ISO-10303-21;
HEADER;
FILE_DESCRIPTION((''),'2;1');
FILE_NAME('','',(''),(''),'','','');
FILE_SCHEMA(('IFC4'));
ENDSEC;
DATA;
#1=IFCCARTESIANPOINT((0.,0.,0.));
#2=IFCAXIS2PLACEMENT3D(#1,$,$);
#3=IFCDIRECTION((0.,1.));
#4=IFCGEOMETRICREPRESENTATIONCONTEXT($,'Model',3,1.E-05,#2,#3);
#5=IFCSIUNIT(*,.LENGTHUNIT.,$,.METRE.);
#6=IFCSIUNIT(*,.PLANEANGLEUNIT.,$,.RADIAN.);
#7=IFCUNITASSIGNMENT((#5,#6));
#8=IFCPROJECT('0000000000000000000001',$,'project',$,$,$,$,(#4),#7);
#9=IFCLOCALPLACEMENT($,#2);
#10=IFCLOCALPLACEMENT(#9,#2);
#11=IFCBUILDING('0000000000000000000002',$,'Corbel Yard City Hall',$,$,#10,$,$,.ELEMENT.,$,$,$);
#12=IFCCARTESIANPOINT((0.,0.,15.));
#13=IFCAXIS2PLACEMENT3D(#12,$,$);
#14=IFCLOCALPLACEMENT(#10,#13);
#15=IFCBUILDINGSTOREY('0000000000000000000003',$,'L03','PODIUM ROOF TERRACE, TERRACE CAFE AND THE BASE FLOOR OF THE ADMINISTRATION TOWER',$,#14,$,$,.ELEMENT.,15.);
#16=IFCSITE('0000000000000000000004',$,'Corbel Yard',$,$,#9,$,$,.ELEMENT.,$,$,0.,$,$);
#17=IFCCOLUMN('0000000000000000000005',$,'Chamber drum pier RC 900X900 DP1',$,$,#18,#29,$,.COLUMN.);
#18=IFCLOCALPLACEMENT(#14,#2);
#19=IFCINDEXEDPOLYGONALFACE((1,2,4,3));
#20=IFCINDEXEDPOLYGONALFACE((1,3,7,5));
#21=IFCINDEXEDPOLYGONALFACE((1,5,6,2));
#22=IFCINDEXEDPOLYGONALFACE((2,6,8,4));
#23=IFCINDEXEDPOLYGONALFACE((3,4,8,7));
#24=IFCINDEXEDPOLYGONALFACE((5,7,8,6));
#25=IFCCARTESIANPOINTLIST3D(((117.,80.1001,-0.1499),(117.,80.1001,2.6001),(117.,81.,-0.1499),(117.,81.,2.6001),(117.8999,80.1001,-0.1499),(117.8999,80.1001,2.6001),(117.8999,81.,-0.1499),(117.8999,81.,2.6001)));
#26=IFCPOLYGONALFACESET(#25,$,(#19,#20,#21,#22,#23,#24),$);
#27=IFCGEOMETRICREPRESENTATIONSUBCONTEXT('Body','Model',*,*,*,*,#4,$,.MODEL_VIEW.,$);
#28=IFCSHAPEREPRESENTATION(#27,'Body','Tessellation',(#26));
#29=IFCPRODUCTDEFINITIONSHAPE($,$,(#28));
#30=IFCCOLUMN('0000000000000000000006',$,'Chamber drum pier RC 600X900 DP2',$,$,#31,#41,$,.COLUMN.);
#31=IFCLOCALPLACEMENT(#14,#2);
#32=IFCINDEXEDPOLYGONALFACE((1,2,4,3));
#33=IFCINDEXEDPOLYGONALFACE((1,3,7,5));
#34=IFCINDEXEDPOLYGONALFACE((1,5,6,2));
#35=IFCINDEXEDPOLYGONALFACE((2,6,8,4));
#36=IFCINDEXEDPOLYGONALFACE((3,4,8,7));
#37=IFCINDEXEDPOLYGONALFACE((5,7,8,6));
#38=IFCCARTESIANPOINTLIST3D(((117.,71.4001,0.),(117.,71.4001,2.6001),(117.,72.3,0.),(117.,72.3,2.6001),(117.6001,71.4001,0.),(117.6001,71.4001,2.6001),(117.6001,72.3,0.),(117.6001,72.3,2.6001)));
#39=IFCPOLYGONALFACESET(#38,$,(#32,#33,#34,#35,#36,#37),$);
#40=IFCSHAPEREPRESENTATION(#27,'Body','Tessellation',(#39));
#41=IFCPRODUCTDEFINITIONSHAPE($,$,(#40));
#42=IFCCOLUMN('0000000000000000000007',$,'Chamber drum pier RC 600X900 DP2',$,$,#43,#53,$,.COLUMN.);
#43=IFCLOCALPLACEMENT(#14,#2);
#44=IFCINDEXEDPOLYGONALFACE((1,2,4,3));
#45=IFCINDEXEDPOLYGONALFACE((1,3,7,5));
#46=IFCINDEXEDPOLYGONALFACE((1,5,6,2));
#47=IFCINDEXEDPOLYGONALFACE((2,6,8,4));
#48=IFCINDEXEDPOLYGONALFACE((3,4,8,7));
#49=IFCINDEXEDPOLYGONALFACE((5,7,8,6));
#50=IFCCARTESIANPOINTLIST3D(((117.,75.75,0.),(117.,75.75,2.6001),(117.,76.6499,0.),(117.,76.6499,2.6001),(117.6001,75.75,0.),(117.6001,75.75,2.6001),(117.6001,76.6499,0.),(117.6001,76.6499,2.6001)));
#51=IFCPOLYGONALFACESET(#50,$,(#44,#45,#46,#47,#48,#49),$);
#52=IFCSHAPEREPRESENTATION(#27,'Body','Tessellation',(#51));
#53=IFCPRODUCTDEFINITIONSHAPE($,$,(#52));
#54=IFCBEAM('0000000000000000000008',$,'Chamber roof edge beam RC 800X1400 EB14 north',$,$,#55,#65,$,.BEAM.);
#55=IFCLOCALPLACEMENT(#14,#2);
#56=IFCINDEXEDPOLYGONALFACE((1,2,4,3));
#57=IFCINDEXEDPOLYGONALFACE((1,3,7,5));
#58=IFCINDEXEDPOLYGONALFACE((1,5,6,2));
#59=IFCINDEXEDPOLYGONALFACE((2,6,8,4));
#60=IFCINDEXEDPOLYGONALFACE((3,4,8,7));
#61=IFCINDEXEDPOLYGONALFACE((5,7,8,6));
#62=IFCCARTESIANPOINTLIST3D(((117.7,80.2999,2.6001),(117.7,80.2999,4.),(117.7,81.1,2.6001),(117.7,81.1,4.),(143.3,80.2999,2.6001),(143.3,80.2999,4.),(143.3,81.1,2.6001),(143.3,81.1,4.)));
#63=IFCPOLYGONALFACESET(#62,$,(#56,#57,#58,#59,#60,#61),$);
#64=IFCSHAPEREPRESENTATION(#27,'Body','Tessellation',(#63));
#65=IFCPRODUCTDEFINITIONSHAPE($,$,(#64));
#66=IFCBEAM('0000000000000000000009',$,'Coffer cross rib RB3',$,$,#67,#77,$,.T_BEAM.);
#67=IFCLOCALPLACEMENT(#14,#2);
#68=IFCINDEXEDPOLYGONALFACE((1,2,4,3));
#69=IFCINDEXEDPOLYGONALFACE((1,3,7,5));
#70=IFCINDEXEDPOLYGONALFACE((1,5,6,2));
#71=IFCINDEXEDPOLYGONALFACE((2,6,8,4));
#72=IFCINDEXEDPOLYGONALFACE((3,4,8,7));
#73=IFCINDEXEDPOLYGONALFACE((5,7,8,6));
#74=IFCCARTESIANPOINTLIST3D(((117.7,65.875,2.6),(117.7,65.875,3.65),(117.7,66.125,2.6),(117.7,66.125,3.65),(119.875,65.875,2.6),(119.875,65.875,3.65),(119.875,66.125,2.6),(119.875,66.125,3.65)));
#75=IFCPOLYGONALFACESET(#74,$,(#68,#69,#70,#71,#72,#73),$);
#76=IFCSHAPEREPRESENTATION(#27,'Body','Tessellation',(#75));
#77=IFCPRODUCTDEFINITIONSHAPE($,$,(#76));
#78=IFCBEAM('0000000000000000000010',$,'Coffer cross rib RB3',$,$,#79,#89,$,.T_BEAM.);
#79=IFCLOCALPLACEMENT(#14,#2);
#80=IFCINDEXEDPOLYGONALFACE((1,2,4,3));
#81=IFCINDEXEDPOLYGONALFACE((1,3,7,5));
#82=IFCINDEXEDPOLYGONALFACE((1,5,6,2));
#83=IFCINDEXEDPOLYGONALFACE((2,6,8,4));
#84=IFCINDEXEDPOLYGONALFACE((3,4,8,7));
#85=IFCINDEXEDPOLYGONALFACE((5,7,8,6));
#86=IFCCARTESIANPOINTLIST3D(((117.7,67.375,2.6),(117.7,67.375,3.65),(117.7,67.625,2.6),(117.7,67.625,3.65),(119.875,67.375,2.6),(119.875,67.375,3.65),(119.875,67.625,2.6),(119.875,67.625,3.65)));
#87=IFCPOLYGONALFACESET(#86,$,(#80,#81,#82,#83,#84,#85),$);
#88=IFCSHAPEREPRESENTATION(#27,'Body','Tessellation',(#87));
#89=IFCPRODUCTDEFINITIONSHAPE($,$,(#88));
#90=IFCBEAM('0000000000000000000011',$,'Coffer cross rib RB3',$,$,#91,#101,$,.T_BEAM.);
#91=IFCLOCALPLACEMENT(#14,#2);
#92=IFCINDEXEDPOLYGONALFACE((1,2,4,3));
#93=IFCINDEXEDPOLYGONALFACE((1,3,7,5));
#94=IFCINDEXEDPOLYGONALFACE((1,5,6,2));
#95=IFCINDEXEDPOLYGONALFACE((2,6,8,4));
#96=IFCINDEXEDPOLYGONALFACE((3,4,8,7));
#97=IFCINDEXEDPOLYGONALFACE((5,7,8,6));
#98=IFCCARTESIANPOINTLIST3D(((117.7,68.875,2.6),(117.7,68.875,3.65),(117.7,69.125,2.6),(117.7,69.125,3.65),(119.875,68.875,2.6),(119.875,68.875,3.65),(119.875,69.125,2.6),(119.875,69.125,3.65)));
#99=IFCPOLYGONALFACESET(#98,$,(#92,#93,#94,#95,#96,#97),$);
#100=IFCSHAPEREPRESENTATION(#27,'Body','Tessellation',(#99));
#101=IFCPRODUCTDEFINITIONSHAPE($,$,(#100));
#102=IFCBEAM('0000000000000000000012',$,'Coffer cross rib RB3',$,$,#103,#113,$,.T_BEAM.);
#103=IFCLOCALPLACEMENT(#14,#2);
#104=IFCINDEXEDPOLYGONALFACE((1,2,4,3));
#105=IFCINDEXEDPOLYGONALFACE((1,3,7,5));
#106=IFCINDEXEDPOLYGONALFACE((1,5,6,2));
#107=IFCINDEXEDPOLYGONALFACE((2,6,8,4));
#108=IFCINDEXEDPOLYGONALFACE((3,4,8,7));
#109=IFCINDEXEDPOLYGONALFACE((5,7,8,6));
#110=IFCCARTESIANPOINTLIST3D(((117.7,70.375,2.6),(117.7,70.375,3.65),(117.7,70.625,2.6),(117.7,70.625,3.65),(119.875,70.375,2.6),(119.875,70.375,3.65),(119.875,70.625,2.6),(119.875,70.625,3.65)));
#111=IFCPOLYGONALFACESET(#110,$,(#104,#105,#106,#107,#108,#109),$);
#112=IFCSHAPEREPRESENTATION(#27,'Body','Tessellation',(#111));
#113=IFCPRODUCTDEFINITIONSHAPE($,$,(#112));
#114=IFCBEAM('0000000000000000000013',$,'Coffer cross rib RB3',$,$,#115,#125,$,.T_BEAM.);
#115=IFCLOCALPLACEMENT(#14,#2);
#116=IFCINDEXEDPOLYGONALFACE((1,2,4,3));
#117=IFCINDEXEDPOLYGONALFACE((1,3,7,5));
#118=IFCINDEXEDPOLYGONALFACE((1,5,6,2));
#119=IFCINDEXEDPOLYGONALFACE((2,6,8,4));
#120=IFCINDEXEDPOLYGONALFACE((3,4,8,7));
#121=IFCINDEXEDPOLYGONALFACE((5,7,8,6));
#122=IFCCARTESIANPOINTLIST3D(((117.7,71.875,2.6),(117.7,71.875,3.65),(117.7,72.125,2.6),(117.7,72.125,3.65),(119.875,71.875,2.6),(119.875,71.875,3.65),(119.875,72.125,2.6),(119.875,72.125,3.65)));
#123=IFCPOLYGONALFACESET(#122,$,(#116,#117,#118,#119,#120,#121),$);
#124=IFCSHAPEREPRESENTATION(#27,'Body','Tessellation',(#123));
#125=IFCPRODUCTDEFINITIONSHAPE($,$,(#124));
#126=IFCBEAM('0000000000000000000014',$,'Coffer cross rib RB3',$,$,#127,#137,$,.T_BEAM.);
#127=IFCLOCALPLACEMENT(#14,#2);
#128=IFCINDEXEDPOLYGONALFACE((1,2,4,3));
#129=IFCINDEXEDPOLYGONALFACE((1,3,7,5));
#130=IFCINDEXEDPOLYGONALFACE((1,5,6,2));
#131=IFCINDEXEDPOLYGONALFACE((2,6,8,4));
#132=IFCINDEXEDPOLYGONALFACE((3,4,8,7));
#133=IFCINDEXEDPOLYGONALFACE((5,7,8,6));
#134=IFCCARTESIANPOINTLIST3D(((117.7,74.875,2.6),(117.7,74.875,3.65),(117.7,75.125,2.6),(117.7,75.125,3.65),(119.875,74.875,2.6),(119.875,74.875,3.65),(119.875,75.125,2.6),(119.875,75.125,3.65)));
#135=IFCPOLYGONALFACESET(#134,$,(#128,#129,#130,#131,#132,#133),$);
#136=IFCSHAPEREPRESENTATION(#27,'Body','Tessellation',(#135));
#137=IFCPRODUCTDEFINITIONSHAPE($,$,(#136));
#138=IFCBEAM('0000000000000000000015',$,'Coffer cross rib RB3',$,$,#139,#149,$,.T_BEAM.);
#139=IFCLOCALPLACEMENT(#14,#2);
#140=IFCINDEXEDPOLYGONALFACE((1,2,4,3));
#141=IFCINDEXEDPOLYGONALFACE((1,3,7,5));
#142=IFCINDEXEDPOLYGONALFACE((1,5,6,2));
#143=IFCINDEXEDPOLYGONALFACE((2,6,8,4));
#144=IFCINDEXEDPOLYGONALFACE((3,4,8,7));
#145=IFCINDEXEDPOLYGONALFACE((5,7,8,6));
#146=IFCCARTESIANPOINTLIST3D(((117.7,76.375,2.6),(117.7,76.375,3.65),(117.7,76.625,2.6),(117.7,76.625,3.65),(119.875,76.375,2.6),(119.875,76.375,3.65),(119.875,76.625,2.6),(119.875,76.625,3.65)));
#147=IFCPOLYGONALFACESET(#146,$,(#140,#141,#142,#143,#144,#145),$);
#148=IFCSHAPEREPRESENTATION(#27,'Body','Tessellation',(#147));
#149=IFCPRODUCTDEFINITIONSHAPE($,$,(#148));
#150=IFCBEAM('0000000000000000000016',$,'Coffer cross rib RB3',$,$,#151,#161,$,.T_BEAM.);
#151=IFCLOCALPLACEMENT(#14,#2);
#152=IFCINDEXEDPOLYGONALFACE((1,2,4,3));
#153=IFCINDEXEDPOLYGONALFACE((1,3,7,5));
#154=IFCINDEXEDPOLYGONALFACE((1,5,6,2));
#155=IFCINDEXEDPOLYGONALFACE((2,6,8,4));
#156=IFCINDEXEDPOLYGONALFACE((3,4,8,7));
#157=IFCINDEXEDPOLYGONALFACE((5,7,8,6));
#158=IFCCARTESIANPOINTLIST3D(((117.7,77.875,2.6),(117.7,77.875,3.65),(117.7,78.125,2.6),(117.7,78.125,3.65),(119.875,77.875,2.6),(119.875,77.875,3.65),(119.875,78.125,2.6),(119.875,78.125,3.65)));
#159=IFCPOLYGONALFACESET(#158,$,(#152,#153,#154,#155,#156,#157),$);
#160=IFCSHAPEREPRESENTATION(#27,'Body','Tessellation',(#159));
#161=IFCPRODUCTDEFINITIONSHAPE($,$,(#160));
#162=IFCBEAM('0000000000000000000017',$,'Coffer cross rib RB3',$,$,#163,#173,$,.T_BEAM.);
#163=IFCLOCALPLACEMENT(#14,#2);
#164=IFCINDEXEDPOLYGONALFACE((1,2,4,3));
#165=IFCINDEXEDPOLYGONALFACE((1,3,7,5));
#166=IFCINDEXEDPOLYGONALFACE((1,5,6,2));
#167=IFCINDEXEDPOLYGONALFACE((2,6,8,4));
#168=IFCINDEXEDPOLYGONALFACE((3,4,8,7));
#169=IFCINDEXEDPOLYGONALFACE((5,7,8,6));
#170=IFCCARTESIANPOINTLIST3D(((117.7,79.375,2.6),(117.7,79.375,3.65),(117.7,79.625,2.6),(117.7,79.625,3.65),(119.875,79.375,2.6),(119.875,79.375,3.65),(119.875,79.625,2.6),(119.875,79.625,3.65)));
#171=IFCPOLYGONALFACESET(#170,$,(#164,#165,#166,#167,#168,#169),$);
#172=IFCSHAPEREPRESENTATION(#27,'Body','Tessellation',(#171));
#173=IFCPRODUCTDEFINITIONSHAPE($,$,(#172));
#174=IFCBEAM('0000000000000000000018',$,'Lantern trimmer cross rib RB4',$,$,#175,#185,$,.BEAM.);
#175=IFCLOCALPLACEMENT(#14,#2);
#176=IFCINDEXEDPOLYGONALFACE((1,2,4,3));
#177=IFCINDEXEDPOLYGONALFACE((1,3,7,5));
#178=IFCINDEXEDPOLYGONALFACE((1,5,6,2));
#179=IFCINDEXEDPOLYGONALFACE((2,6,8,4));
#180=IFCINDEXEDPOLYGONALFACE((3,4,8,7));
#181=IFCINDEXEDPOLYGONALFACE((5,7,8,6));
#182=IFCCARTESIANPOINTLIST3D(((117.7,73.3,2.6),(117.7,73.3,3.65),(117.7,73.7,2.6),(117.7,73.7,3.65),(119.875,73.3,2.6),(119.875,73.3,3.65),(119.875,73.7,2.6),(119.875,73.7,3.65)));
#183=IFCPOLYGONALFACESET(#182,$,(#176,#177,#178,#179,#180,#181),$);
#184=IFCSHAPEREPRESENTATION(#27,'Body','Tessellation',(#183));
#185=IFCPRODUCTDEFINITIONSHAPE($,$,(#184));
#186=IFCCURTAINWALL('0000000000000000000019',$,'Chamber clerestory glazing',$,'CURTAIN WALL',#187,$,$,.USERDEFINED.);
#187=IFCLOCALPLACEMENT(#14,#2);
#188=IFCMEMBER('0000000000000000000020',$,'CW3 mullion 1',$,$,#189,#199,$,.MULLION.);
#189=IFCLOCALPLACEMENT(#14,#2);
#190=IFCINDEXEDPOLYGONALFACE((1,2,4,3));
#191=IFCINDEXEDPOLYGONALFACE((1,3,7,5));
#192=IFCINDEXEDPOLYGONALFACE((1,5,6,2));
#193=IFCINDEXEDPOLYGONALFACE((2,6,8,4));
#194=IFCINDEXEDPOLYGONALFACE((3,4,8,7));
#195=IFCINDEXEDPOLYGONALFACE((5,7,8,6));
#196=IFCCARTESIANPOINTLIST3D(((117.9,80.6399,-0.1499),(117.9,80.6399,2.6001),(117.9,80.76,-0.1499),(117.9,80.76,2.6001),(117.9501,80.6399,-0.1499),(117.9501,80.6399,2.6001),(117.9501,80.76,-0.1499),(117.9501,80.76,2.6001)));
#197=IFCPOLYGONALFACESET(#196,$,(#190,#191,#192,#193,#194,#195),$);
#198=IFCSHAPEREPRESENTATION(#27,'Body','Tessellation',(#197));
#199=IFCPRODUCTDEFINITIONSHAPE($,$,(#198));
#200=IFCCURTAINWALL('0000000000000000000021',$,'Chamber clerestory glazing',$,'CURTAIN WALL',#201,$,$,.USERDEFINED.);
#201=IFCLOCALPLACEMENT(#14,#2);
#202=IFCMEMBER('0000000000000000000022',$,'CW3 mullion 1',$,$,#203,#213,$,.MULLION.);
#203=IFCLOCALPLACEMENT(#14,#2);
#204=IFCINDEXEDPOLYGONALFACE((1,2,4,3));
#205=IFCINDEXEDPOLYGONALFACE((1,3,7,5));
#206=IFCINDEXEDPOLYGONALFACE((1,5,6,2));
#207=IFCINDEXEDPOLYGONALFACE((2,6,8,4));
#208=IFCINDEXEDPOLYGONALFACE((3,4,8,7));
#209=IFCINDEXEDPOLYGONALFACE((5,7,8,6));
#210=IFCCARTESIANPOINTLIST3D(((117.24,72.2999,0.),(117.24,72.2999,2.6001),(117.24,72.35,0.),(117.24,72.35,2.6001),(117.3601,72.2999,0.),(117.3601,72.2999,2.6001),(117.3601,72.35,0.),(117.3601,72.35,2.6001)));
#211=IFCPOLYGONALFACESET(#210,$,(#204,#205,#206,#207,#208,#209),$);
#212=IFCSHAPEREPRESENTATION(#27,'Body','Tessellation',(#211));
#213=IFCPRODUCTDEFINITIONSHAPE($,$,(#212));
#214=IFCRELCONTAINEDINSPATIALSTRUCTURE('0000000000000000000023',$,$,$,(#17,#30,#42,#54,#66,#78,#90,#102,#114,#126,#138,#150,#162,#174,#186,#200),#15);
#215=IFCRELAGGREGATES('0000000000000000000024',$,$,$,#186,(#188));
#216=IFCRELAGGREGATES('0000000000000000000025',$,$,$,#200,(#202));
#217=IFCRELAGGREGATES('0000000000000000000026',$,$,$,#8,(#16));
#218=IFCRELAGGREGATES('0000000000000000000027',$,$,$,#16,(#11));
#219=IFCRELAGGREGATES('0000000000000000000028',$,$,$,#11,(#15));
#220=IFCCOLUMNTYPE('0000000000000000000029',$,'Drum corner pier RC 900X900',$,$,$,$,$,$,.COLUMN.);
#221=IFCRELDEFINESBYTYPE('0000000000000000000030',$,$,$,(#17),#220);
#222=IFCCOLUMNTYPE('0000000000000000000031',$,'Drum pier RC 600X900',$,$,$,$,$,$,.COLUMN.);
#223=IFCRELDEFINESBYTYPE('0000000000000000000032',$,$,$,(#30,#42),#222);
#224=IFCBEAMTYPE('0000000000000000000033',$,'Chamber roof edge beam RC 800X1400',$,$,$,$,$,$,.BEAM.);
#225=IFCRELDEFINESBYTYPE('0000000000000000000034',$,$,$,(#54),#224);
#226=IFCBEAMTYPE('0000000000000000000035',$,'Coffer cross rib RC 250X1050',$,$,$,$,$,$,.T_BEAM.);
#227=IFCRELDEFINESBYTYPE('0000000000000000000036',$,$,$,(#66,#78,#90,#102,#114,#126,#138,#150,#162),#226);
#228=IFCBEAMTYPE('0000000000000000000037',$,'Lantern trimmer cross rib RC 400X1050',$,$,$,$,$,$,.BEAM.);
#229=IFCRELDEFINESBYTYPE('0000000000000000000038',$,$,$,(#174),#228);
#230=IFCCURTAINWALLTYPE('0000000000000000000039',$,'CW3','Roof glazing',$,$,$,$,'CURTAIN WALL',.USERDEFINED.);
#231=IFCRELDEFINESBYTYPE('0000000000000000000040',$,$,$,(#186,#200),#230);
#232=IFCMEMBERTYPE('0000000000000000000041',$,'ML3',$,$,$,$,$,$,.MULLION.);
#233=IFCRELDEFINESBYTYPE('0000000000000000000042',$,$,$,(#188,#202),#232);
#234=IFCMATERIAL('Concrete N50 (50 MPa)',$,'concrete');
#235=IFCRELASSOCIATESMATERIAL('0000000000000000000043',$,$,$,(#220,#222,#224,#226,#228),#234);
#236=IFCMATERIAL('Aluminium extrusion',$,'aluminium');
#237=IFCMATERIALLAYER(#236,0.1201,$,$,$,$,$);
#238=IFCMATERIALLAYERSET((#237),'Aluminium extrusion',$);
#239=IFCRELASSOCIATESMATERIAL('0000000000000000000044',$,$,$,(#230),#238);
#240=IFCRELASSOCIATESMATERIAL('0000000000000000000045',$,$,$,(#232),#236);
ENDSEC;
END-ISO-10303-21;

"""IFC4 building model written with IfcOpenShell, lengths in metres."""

from ifc_helpers import new_model, si_unit, direction, frame, origin, origin_2d, place, context, subcontext, project, spatial, rectangle, extrude, material, layer, layer_set, material_profile, profile_set, type_object, element, aggregate, save


model = new_model("IFC4")

# Units and contexts
model_context = context("Model", 3, precision=1e-05, world=origin(), true_north=direction((0.0, 1.0)))
body_context = subcontext(model_context, "Body", "Model", "MODEL_VIEW")
ifc_project = project(units=[si_unit("LENGTHUNIT", "METRE"), si_unit("PLANEANGLEUNIT", "RADIAN")], contexts=[model_context])

# Site, building, storey
site_placement = place(None, origin())
site = spatial("IfcSite", under=ifc_project, at=site_placement, Name="Corbel Yard", CompositionType="ELEMENT", RefElevation=0.0)
building_placement = place(site_placement, origin())
building = spatial("IfcBuilding", under=site, at=building_placement, Name="Corbel Yard City Hall", CompositionType="ELEMENT")
storey_placement = place(building_placement, frame((0.0, 0.0, 15.0)))
storey = spatial("IfcBuildingStorey", under=building, at=storey_placement, Name="L03", Description="PODIUM ROOF TERRACE, TERRACE CAFE AND THE BASE FLOOR OF THE ADMINISTRATION TOWER", CompositionType="ELEMENT", Elevation=15.0)

# Columns
ifc_material_1 = material(Name="Concrete N50 (50 MPa)", Category="concrete")
ifc_material_profile_1 = material_profile(ifc_material_1, rectangle(XDim=0.8999, YDim=0.8999, at=origin_2d()), Name="900x900")
ifc_profile_set_1 = profile_set([ifc_material_profile_1], Name="Concrete N50 (50 MPa)")
column_type_1 = type_object("IfcColumnType", Name="Drum corner pier RC 900X900", PredefinedType="COLUMN", material=ifc_profile_set_1)
column_placement = place(storey_placement, frame((117.45, 80.55, -0.1499), z_axis=(0.0, 0.0, 1.0), x_axis=(1.0, 0.0, 0.0)))
element("IfcColumn", 1, at=column_placement, inside=storey, type_object=column_type_1, Name="Chamber drum pier RC 900X900 DP1", PredefinedType="COLUMN", context=body_context, shape_type="SweptSolid", body=[
    extrude(rectangle(XDim=0.8999, YDim=0.8999, at=origin_2d()), origin(), (0.0, 0.0, 1.0), 2.75),
])
ifc_material_profile_2 = material_profile(ifc_material_1, rectangle(XDim=0.6001, YDim=0.8999, at=origin_2d()), Name="600x900")
ifc_profile_set_2 = profile_set([ifc_material_profile_2], Name="Concrete N50 (50 MPa)")
column_type_2 = type_object("IfcColumnType", Name="Drum pier RC 600X900", PredefinedType="COLUMN", material=ifc_profile_set_2)
for number, where, z_axis, x_axis, name in (
    (2, (117.3, 71.8501, 0.0), (0.0, 0.0, 1.0), (1.0, 0.0, 0.0), "Chamber drum pier RC 600X900 DP2"),
    (3, (117.3, 76.2, 0.0), (0.0, 0.0, 1.0), (1.0, 0.0, 0.0), "Chamber drum pier RC 600X900 DP2"),
):
    element("IfcColumn", number, at=place(storey_placement, frame(where, z_axis=z_axis, x_axis=x_axis)), inside=storey, type_object=column_type_2, Name=name, PredefinedType="COLUMN", context=body_context, shape_type="SweptSolid", body=[
        extrude(rectangle(XDim=0.6001, YDim=0.8999, at=origin_2d()), origin(), (0.0, 0.0, 1.0), 2.6001),
    ])

# Beams
ifc_material_profile_3 = material_profile(ifc_material_1, rectangle(XDim=0.8, YDim=1.3999, at=origin_2d()), Name="800x1400")
ifc_profile_set_3 = profile_set([ifc_material_profile_3], Name="Concrete N50 (50 MPa)")
beam_type_1 = type_object("IfcBeamType", Name="Chamber roof edge beam RC 800X1400", PredefinedType="BEAM", material=ifc_profile_set_3)
beam_1_placement = place(storey_placement, frame((117.7, 80.7, 3.3), z_axis=(1.0, 0.0, 0.0), x_axis=(0.0, 1.0, 0.0)))
element("IfcBeam", 4, at=beam_1_placement, inside=storey, type_object=beam_type_1, Name="Chamber roof edge beam RC 800X1400 EB14 north", PredefinedType="BEAM", context=body_context, shape_type="SweptSolid", body=[
    extrude(rectangle(XDim=0.8, YDim=1.3999, at=origin_2d()), origin(), (0.0, 0.0, 1.0), 25.6001),
])
ifc_material_profile_4 = material_profile(ifc_material_1, rectangle(XDim=0.25, YDim=1.05, at=origin_2d()), Name="250x1050")
ifc_profile_set_4 = profile_set([ifc_material_profile_4], Name="Concrete N50 (50 MPa)")
beam_type_2 = type_object("IfcBeamType", Name="Coffer cross rib RC 250X1050", PredefinedType="T_BEAM", material=ifc_profile_set_4)
for number, where, z_axis, x_axis, name in (
    (5, (117.7, 66.0, 3.125), (1.0, 0.0, 0.0), (0.0, 1.0, 0.0), "Coffer cross rib RB3"),
    (6, (117.7, 67.5, 3.125), (1.0, 0.0, 0.0), (0.0, 1.0, 0.0), "Coffer cross rib RB3"),
    (7, (117.7, 69.0, 3.125), (1.0, 0.0, 0.0), (0.0, 1.0, 0.0), "Coffer cross rib RB3"),
    (8, (117.7, 70.5, 3.125), (1.0, 0.0, 0.0), (0.0, 1.0, 0.0), "Coffer cross rib RB3"),
    (9, (117.7, 72.0, 3.125), (1.0, 0.0, 0.0), (0.0, 1.0, 0.0), "Coffer cross rib RB3"),
    (10, (117.7, 75.0, 3.125), (1.0, 0.0, 0.0), (0.0, 1.0, 0.0), "Coffer cross rib RB3"),
    (11, (117.7, 76.5, 3.125), (1.0, 0.0, 0.0), (0.0, 1.0, 0.0), "Coffer cross rib RB3"),
    (12, (117.7, 78.0, 3.125), (1.0, 0.0, 0.0), (0.0, 1.0, 0.0), "Coffer cross rib RB3"),
    (13, (117.7, 79.5, 3.125), (1.0, 0.0, 0.0), (0.0, 1.0, 0.0), "Coffer cross rib RB3"),
):
    element("IfcBeam", number, at=place(storey_placement, frame(where, z_axis=z_axis, x_axis=x_axis)), inside=storey, type_object=beam_type_2, Name=name, PredefinedType="T_BEAM", context=body_context, shape_type="SweptSolid", body=[
        extrude(rectangle(XDim=0.25, YDim=1.05, at=origin_2d()), origin(), (0.0, 0.0, 1.0), 2.175),
    ])
ifc_material_profile_5 = material_profile(ifc_material_1, rectangle(XDim=0.3999, YDim=1.05, at=origin_2d()), Name="400x1050")
ifc_profile_set_5 = profile_set([ifc_material_profile_5], Name="Concrete N50 (50 MPa)")
beam_type_3 = type_object("IfcBeamType", Name="Lantern trimmer cross rib RC 400X1050", PredefinedType="BEAM", material=ifc_profile_set_5)
beam_2_placement = place(storey_placement, frame((117.7, 73.5, 3.125), z_axis=(1.0, 0.0, 0.0), x_axis=(0.0, 1.0, 0.0)))
element("IfcBeam", 14, at=beam_2_placement, inside=storey, type_object=beam_type_3, Name="Lantern trimmer cross rib RB4", PredefinedType="BEAM", context=body_context, shape_type="SweptSolid", body=[
    extrude(rectangle(XDim=0.3999, YDim=1.05, at=origin_2d()), origin(), (0.0, 0.0, 1.0), 2.175),
])

# Curtain wall, member
ifc_material_2 = material(Name="Aluminium extrusion", Category="aluminium")
ifc_layer_1 = layer(ifc_material_2, 0.1201)
ifc_layer_set_1 = layer_set([ifc_layer_1], Name="Aluminium extrusion")
curtain_wall_type = type_object("IfcCurtainWallType", Name="CW3", Description="Roof glazing", ElementType="CURTAIN WALL", PredefinedType="USERDEFINED", material=ifc_layer_set_1)
curtain_wall_1_placement = place(storey_placement, origin())
curtain_wall_1 = element("IfcCurtainWall", 15, at=curtain_wall_1_placement, inside=storey, type_object=curtain_wall_type, Name="Chamber clerestory glazing", ObjectType="CURTAIN WALL", PredefinedType="USERDEFINED")
ifc_material_profile_6 = material_profile(ifc_material_2, rectangle(XDim=0.1201, YDim=0.05, at=origin_2d()), Name="120x50")
ifc_profile_set_6 = profile_set([ifc_material_profile_6], Name="Aluminium extrusion")
member_type_1 = type_object("IfcMemberType", Name="ML3", PredefinedType="MULLION", material=ifc_profile_set_6)
member_1_placement = place(storey_placement, frame((117.925, 80.7, -0.1499), z_axis=(0.0, 0.0, 1.0), x_axis=(0.0, 1.0, 0.0)))
member_1 = element("IfcMember", 16, at=member_1_placement, type_object=member_type_1, Name="CW3 mullion 1", PredefinedType="MULLION", context=body_context, shape_type="SweptSolid", body=[
    extrude(rectangle(XDim=0.1201, YDim=0.05, at=origin_2d()), origin(), (0.0, 0.0, 1.0), 2.75),
])

# Curtain wall, member
curtain_wall_2_placement = place(storey_placement, origin())
curtain_wall_2 = element("IfcCurtainWall", 17, at=curtain_wall_2_placement, inside=storey, type_object=curtain_wall_type, Name="Chamber clerestory glazing", ObjectType="CURTAIN WALL", PredefinedType="USERDEFINED")
member_2_placement = place(storey_placement, frame((117.3, 72.325, 0.0), z_axis=(0.0, 0.0, 1.0), x_axis=(-1.0, 0.0, 0.0)))
member_2 = element("IfcMember", 18, at=member_2_placement, type_object=member_type_1, Name="CW3 mullion 1", PredefinedType="MULLION", context=body_context, shape_type="SweptSolid", body=[
    extrude(rectangle(XDim=0.1201, YDim=0.05, at=origin_2d()), origin(), (0.0, 0.0, 1.0), 2.6001),
])

aggregate(curtain_wall_1, [member_1])

aggregate(curtain_wall_2, [member_2])

save(model, "model.ifc")
